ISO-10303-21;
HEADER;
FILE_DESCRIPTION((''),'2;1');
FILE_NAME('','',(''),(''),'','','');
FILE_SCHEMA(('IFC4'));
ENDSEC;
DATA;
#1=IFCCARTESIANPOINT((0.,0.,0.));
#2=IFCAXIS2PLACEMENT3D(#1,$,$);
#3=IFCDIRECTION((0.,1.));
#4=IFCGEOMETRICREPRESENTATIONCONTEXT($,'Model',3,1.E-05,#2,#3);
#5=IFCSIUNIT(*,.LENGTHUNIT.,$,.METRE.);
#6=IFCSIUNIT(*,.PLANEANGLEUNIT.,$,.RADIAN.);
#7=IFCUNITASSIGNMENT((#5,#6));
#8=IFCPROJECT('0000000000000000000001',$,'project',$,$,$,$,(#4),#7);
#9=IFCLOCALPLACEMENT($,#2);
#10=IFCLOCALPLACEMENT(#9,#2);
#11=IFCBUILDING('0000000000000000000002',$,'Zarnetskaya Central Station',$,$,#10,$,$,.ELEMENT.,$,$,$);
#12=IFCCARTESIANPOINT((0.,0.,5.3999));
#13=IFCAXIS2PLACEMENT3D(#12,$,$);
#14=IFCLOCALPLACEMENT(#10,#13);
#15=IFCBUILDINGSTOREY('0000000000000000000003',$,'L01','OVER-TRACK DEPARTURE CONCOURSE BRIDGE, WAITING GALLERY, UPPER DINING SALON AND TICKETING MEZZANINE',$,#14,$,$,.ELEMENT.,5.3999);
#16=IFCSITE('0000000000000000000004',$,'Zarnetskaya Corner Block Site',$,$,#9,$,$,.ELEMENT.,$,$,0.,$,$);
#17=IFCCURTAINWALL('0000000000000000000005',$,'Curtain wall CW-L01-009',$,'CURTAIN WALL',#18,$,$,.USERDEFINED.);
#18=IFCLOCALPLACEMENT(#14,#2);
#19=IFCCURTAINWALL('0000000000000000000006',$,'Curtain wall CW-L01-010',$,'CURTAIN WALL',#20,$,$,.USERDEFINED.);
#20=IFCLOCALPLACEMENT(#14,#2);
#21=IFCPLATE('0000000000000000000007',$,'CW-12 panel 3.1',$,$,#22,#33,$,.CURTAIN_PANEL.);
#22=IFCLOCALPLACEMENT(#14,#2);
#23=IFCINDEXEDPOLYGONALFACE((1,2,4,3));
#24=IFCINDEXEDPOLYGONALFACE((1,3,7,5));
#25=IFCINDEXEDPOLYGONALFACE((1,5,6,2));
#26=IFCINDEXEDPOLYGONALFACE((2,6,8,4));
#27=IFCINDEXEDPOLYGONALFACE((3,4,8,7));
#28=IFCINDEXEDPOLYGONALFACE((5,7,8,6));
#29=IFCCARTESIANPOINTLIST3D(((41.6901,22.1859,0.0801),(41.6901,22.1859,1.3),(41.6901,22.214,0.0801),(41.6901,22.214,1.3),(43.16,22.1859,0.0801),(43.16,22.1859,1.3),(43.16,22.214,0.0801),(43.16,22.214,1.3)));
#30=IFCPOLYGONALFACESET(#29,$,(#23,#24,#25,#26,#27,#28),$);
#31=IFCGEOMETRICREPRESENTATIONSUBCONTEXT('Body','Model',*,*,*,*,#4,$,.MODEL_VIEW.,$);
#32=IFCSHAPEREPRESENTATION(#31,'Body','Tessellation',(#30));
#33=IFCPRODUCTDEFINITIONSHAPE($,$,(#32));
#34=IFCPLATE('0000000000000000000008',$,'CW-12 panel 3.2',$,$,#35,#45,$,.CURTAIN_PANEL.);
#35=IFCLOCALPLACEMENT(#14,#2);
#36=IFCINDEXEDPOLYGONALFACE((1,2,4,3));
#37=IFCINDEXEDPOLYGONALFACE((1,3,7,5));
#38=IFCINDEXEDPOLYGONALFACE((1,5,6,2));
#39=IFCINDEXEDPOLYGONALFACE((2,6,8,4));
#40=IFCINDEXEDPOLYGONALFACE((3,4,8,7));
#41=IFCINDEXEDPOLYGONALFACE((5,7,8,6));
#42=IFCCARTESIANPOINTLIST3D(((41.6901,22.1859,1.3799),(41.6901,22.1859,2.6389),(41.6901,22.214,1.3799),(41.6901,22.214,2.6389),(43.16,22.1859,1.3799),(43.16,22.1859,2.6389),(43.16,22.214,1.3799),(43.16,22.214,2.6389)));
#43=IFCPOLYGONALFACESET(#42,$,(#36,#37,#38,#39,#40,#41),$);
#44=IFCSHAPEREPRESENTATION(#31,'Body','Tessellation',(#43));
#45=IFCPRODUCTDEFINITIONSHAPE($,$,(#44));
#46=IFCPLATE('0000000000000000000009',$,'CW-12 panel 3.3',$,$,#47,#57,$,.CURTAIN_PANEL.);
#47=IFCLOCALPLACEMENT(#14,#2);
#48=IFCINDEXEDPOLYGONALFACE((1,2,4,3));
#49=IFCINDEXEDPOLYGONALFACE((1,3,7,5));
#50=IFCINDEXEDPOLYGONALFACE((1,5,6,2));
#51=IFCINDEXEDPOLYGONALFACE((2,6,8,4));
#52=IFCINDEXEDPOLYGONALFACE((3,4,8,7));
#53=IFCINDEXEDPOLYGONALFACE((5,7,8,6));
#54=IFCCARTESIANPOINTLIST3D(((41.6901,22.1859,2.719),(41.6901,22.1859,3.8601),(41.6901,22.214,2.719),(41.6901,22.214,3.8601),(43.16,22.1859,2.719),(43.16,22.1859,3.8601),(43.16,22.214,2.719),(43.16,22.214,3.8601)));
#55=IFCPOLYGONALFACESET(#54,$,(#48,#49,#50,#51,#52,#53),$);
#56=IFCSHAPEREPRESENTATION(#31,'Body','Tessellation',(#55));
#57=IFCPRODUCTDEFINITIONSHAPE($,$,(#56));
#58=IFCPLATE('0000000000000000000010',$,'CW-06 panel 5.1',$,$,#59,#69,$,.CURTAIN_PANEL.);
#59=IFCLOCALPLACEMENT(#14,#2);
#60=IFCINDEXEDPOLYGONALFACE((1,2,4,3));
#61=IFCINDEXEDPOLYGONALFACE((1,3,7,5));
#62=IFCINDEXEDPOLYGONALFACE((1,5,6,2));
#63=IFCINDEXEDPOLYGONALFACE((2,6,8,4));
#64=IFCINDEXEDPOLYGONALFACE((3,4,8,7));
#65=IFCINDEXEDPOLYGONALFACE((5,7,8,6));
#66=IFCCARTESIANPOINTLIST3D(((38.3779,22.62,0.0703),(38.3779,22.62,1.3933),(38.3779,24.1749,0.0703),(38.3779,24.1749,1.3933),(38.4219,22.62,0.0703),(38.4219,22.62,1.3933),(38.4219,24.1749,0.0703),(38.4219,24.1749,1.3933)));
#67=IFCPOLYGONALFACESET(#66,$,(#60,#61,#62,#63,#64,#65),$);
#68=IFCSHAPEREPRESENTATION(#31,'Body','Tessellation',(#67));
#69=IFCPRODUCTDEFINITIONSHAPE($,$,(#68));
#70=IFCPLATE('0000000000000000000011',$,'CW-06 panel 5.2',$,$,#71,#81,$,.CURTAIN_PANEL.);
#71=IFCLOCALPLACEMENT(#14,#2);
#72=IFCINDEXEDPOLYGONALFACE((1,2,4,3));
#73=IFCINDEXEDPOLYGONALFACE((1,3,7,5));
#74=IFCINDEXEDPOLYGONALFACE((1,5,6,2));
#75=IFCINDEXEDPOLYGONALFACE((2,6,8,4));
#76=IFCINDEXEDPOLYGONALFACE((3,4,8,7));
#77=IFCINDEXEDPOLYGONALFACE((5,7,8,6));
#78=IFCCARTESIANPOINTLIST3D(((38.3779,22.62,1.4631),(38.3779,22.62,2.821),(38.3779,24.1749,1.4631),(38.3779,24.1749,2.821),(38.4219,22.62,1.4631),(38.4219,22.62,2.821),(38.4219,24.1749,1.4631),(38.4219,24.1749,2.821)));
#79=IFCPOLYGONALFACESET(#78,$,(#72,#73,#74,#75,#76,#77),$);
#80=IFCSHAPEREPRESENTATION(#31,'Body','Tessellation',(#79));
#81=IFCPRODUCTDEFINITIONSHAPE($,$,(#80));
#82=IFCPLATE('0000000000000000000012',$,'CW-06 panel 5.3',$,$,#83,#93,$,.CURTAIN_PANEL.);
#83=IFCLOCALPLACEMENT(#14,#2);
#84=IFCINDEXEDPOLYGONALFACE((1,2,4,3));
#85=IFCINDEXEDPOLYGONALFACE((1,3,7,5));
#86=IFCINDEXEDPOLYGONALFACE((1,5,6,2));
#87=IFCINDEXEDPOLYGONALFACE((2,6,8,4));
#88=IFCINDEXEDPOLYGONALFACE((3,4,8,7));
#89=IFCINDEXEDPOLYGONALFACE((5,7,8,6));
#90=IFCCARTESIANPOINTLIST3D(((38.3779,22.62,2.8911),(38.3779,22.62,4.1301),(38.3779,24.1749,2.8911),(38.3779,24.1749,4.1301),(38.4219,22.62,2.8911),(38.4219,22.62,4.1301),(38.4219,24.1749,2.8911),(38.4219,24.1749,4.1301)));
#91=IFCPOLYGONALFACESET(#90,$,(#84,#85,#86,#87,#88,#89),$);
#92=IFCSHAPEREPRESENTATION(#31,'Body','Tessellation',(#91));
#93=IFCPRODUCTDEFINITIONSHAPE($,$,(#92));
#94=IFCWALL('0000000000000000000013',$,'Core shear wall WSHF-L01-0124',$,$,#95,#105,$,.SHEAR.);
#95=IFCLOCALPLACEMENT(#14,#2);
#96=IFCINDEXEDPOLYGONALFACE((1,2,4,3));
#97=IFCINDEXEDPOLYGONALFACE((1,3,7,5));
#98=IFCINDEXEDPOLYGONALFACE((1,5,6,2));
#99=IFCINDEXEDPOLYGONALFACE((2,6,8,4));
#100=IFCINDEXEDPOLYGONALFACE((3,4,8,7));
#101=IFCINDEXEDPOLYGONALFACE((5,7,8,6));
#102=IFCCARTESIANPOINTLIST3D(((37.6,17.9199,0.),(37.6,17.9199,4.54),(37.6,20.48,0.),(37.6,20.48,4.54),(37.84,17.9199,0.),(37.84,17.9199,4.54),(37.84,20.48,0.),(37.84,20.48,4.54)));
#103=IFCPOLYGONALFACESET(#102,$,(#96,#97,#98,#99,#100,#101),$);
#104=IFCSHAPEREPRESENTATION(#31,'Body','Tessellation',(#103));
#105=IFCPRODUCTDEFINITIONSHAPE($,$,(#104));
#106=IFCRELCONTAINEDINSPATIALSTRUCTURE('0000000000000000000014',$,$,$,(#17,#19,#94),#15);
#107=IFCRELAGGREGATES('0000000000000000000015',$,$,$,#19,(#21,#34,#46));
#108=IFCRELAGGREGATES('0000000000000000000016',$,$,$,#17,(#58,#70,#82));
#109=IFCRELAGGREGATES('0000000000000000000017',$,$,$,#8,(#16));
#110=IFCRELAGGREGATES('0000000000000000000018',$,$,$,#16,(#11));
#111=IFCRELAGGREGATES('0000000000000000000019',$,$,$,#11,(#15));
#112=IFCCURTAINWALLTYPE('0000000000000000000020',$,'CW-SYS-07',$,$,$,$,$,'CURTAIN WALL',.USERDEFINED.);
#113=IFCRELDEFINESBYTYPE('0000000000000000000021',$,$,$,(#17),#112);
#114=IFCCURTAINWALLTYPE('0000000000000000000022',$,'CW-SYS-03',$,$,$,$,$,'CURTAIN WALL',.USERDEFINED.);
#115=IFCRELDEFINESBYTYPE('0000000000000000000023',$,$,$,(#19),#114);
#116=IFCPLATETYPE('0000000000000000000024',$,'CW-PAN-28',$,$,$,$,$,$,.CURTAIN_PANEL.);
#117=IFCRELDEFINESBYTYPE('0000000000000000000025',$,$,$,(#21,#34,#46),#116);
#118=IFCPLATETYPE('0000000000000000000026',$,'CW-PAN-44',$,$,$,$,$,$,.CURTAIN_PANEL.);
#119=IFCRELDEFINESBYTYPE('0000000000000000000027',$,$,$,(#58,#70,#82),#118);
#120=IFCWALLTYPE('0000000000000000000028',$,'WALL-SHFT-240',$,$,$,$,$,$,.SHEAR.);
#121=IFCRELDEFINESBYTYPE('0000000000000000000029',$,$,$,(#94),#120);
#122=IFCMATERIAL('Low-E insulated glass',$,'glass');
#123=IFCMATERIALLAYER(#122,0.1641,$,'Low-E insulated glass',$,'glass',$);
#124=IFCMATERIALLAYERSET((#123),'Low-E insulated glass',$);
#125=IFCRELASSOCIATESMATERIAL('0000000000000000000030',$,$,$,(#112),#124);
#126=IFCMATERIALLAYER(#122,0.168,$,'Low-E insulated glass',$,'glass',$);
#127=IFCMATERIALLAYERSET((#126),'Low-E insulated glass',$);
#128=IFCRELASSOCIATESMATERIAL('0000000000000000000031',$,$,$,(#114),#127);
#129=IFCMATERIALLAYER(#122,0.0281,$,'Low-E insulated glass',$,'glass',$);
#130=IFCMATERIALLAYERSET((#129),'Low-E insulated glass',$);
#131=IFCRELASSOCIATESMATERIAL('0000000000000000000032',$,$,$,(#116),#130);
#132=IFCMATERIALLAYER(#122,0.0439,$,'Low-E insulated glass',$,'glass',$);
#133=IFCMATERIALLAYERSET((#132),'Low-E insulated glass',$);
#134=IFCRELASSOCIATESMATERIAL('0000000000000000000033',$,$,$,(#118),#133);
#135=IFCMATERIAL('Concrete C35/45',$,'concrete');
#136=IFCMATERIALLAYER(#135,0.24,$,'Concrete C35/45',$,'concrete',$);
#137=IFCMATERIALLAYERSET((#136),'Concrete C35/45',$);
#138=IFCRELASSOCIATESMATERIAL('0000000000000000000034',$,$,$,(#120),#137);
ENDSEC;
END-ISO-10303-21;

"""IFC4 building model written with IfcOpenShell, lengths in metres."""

from ifc_helpers import new_model, si_unit, direction, frame, frame_2d, origin, origin_2d, place, context, subcontext, project, spatial, rectangle, extrude, material, layer, layer_set, type_object, element, aggregate, save


model = new_model("IFC4")

# Units and contexts
model_context = context("Model", 3, precision=1e-05, world=origin(), true_north=direction((0.0, 1.0)))
body_context = subcontext(model_context, "Body", "Model", "MODEL_VIEW")
ifc_project = project(units=[si_unit("LENGTHUNIT", "METRE"), si_unit("PLANEANGLEUNIT", "RADIAN")], contexts=[model_context])

# Site, building, storey
site_placement = place(None, origin())
site = spatial("IfcSite", under=ifc_project, at=site_placement, Name="Zarnetskaya Corner Block Site", CompositionType="ELEMENT", RefElevation=0.0)
building_placement = place(site_placement, origin())
building = spatial("IfcBuilding", under=site, at=building_placement, Name="Zarnetskaya Central Station", CompositionType="ELEMENT")
storey_placement = place(building_placement, frame((0.0, 0.0, 5.3999)))
storey = spatial("IfcBuildingStorey", under=building, at=storey_placement, Name="L01", Description="OVER-TRACK DEPARTURE CONCOURSE BRIDGE, WAITING GALLERY, UPPER DINING SALON AND TICKETING MEZZANINE", CompositionType="ELEMENT", Elevation=5.3999)

# Curtain wall
ifc_material_1 = material(Name="Low-E insulated glass", Category="glass")
ifc_layer_1 = layer(ifc_material_1, 0.1641, Name="Low-E insulated glass", Category="glass")
ifc_layer_set_1 = layer_set([ifc_layer_1], Name="Low-E insulated glass")
curtain_wall_type_1 = type_object("IfcCurtainWallType", Name="CW-SYS-07", ElementType="CURTAIN WALL", PredefinedType="USERDEFINED", material=ifc_layer_set_1)
curtain_wall_1_placement = place(storey_placement, origin())
curtain_wall_1 = element("IfcCurtainWall", 1, at=curtain_wall_1_placement, inside=storey, type_object=curtain_wall_type_1, Name="Curtain wall CW-L01-009", ObjectType="CURTAIN WALL", PredefinedType="USERDEFINED")

# Curtain wall
ifc_layer_2 = layer(ifc_material_1, 0.168, Name="Low-E insulated glass", Category="glass")
ifc_layer_set_2 = layer_set([ifc_layer_2], Name="Low-E insulated glass")
curtain_wall_type_2 = type_object("IfcCurtainWallType", Name="CW-SYS-03", ElementType="CURTAIN WALL", PredefinedType="USERDEFINED", material=ifc_layer_set_2)
curtain_wall_2_placement = place(storey_placement, origin())
curtain_wall_2 = element("IfcCurtainWall", 2, at=curtain_wall_2_placement, inside=storey, type_object=curtain_wall_type_2, Name="Curtain wall CW-L01-010", ObjectType="CURTAIN WALL", PredefinedType="USERDEFINED")

# Plates
ifc_layer_3 = layer(ifc_material_1, 0.0281, Name="Low-E insulated glass", Category="glass")
ifc_layer_set_3 = layer_set([ifc_layer_3], Name="Low-E insulated glass")
plate_type_1 = type_object("IfcPlateType", Name="CW-PAN-28", PredefinedType="CURTAIN_PANEL", material=ifc_layer_set_3)
plate_1_placement = place(storey_placement, frame((42.425, 22.2, 0.0801), z_axis=(0.0, 0.0, 1.0), x_axis=(1.0, 0.0, 0.0)))
plate_1 = element("IfcPlate", 3, at=plate_1_placement, type_object=plate_type_1, Name="CW-12 panel 3.1", PredefinedType="CURTAIN_PANEL", context=body_context, shape_type="SweptSolid", body=[
    extrude(rectangle(XDim=1.47, YDim=0.0281, at=origin_2d()), origin(), (0.0, 0.0, 1.0), 1.22),
])
plate_2_placement = place(storey_placement, frame((42.425, 22.2, 1.3799), z_axis=(0.0, 0.0, 1.0), x_axis=(1.0, 0.0, 0.0)))
plate_2 = element("IfcPlate", 4, at=plate_2_placement, type_object=plate_type_1, Name="CW-12 panel 3.2", PredefinedType="CURTAIN_PANEL", context=body_context, shape_type="SweptSolid", body=[
    extrude(rectangle(XDim=1.47, YDim=0.0281, at=origin_2d()), origin(), (0.0, 0.0, 1.0), 1.259),
])
plate_3_placement = place(storey_placement, frame((42.425, 22.2, 2.719), z_axis=(0.0, 0.0, 1.0), x_axis=(1.0, 0.0, 0.0)))
plate_3 = element("IfcPlate", 5, at=plate_3_placement, type_object=plate_type_1, Name="CW-12 panel 3.3", PredefinedType="CURTAIN_PANEL", context=body_context, shape_type="SweptSolid", body=[
    extrude(rectangle(XDim=1.47, YDim=0.0281, at=origin_2d()), origin(), (0.0, 0.0, 1.0), 1.1411),
])
aggregate(curtain_wall_2, [plate_1, plate_2, plate_3])
ifc_layer_4 = layer(ifc_material_1, 0.0439, Name="Low-E insulated glass", Category="glass")
ifc_layer_set_4 = layer_set([ifc_layer_4], Name="Low-E insulated glass")
plate_type_2 = type_object("IfcPlateType", Name="CW-PAN-44", PredefinedType="CURTAIN_PANEL", material=ifc_layer_set_4)
plate_4_placement = place(storey_placement, frame((38.3999, 23.3975, 0.0703), z_axis=(0.0, 0.0, 1.0), x_axis=(0.0, -1.0, 0.0)))
plate_4 = element("IfcPlate", 6, at=plate_4_placement, type_object=plate_type_2, Name="CW-06 panel 5.1", PredefinedType="CURTAIN_PANEL", context=body_context, shape_type="SweptSolid", body=[
    extrude(rectangle(XDim=1.5549, YDim=0.0439, at=origin_2d()), origin(), (0.0, 0.0, 1.0), 1.323),
])
plate_5_placement = place(storey_placement, frame((38.3999, 23.3975, 1.4631), z_axis=(0.0, 0.0, 1.0), x_axis=(0.0, -1.0, 0.0)))
plate_5 = element("IfcPlate", 7, at=plate_5_placement, type_object=plate_type_2, Name="CW-06 panel 5.2", PredefinedType="CURTAIN_PANEL", context=body_context, shape_type="SweptSolid", body=[
    extrude(rectangle(XDim=1.5549, YDim=0.0439, at=origin_2d()), origin(), (0.0, 0.0, 1.0), 1.3579),
])
plate_6_placement = place(storey_placement, frame((38.3999, 23.3975, 2.8911), z_axis=(0.0, 0.0, 1.0), x_axis=(0.0, -1.0, 0.0)))
plate_6 = element("IfcPlate", 8, at=plate_6_placement, type_object=plate_type_2, Name="CW-06 panel 5.3", PredefinedType="CURTAIN_PANEL", context=body_context, shape_type="SweptSolid", body=[
    extrude(rectangle(XDim=1.5549, YDim=0.0439, at=origin_2d()), origin(), (0.0, 0.0, 1.0), 1.239),
])
aggregate(curtain_wall_1, [plate_4, plate_5, plate_6])

# Shared definitions
ifc_material_2 = material(Name="Concrete C35/45", Category="concrete")
ifc_layer_5 = layer(ifc_material_2, 0.24, Name="Concrete C35/45", Category="concrete")
ifc_layer_set_5 = layer_set([ifc_layer_5], Name="Concrete C35/45")
wall_type = type_object("IfcWallType", Name="WALL-SHFT-240", PredefinedType="SHEAR", material=ifc_layer_set_5)

# Wall
wall_1_placement = place(storey_placement, frame((37.72, 20.48, 0.0), z_axis=(0.0, 0.0, 1.0), x_axis=(0.0, -1.0, 0.0)))
element("IfcWall", 9, at=wall_1_placement, inside=storey, type_object=wall_type, Name="Core shear wall WSHF-L01-0124", PredefinedType="SHEAR", context=body_context, shape_type="SweptSolid", body=[
    extrude(rectangle(XDim=2.5601, YDim=0.24, at=frame_2d((1.28, 0.0))), origin(), (0.0, 0.0, 1.0), 4.54),
])

save(model, "model.ifc")
